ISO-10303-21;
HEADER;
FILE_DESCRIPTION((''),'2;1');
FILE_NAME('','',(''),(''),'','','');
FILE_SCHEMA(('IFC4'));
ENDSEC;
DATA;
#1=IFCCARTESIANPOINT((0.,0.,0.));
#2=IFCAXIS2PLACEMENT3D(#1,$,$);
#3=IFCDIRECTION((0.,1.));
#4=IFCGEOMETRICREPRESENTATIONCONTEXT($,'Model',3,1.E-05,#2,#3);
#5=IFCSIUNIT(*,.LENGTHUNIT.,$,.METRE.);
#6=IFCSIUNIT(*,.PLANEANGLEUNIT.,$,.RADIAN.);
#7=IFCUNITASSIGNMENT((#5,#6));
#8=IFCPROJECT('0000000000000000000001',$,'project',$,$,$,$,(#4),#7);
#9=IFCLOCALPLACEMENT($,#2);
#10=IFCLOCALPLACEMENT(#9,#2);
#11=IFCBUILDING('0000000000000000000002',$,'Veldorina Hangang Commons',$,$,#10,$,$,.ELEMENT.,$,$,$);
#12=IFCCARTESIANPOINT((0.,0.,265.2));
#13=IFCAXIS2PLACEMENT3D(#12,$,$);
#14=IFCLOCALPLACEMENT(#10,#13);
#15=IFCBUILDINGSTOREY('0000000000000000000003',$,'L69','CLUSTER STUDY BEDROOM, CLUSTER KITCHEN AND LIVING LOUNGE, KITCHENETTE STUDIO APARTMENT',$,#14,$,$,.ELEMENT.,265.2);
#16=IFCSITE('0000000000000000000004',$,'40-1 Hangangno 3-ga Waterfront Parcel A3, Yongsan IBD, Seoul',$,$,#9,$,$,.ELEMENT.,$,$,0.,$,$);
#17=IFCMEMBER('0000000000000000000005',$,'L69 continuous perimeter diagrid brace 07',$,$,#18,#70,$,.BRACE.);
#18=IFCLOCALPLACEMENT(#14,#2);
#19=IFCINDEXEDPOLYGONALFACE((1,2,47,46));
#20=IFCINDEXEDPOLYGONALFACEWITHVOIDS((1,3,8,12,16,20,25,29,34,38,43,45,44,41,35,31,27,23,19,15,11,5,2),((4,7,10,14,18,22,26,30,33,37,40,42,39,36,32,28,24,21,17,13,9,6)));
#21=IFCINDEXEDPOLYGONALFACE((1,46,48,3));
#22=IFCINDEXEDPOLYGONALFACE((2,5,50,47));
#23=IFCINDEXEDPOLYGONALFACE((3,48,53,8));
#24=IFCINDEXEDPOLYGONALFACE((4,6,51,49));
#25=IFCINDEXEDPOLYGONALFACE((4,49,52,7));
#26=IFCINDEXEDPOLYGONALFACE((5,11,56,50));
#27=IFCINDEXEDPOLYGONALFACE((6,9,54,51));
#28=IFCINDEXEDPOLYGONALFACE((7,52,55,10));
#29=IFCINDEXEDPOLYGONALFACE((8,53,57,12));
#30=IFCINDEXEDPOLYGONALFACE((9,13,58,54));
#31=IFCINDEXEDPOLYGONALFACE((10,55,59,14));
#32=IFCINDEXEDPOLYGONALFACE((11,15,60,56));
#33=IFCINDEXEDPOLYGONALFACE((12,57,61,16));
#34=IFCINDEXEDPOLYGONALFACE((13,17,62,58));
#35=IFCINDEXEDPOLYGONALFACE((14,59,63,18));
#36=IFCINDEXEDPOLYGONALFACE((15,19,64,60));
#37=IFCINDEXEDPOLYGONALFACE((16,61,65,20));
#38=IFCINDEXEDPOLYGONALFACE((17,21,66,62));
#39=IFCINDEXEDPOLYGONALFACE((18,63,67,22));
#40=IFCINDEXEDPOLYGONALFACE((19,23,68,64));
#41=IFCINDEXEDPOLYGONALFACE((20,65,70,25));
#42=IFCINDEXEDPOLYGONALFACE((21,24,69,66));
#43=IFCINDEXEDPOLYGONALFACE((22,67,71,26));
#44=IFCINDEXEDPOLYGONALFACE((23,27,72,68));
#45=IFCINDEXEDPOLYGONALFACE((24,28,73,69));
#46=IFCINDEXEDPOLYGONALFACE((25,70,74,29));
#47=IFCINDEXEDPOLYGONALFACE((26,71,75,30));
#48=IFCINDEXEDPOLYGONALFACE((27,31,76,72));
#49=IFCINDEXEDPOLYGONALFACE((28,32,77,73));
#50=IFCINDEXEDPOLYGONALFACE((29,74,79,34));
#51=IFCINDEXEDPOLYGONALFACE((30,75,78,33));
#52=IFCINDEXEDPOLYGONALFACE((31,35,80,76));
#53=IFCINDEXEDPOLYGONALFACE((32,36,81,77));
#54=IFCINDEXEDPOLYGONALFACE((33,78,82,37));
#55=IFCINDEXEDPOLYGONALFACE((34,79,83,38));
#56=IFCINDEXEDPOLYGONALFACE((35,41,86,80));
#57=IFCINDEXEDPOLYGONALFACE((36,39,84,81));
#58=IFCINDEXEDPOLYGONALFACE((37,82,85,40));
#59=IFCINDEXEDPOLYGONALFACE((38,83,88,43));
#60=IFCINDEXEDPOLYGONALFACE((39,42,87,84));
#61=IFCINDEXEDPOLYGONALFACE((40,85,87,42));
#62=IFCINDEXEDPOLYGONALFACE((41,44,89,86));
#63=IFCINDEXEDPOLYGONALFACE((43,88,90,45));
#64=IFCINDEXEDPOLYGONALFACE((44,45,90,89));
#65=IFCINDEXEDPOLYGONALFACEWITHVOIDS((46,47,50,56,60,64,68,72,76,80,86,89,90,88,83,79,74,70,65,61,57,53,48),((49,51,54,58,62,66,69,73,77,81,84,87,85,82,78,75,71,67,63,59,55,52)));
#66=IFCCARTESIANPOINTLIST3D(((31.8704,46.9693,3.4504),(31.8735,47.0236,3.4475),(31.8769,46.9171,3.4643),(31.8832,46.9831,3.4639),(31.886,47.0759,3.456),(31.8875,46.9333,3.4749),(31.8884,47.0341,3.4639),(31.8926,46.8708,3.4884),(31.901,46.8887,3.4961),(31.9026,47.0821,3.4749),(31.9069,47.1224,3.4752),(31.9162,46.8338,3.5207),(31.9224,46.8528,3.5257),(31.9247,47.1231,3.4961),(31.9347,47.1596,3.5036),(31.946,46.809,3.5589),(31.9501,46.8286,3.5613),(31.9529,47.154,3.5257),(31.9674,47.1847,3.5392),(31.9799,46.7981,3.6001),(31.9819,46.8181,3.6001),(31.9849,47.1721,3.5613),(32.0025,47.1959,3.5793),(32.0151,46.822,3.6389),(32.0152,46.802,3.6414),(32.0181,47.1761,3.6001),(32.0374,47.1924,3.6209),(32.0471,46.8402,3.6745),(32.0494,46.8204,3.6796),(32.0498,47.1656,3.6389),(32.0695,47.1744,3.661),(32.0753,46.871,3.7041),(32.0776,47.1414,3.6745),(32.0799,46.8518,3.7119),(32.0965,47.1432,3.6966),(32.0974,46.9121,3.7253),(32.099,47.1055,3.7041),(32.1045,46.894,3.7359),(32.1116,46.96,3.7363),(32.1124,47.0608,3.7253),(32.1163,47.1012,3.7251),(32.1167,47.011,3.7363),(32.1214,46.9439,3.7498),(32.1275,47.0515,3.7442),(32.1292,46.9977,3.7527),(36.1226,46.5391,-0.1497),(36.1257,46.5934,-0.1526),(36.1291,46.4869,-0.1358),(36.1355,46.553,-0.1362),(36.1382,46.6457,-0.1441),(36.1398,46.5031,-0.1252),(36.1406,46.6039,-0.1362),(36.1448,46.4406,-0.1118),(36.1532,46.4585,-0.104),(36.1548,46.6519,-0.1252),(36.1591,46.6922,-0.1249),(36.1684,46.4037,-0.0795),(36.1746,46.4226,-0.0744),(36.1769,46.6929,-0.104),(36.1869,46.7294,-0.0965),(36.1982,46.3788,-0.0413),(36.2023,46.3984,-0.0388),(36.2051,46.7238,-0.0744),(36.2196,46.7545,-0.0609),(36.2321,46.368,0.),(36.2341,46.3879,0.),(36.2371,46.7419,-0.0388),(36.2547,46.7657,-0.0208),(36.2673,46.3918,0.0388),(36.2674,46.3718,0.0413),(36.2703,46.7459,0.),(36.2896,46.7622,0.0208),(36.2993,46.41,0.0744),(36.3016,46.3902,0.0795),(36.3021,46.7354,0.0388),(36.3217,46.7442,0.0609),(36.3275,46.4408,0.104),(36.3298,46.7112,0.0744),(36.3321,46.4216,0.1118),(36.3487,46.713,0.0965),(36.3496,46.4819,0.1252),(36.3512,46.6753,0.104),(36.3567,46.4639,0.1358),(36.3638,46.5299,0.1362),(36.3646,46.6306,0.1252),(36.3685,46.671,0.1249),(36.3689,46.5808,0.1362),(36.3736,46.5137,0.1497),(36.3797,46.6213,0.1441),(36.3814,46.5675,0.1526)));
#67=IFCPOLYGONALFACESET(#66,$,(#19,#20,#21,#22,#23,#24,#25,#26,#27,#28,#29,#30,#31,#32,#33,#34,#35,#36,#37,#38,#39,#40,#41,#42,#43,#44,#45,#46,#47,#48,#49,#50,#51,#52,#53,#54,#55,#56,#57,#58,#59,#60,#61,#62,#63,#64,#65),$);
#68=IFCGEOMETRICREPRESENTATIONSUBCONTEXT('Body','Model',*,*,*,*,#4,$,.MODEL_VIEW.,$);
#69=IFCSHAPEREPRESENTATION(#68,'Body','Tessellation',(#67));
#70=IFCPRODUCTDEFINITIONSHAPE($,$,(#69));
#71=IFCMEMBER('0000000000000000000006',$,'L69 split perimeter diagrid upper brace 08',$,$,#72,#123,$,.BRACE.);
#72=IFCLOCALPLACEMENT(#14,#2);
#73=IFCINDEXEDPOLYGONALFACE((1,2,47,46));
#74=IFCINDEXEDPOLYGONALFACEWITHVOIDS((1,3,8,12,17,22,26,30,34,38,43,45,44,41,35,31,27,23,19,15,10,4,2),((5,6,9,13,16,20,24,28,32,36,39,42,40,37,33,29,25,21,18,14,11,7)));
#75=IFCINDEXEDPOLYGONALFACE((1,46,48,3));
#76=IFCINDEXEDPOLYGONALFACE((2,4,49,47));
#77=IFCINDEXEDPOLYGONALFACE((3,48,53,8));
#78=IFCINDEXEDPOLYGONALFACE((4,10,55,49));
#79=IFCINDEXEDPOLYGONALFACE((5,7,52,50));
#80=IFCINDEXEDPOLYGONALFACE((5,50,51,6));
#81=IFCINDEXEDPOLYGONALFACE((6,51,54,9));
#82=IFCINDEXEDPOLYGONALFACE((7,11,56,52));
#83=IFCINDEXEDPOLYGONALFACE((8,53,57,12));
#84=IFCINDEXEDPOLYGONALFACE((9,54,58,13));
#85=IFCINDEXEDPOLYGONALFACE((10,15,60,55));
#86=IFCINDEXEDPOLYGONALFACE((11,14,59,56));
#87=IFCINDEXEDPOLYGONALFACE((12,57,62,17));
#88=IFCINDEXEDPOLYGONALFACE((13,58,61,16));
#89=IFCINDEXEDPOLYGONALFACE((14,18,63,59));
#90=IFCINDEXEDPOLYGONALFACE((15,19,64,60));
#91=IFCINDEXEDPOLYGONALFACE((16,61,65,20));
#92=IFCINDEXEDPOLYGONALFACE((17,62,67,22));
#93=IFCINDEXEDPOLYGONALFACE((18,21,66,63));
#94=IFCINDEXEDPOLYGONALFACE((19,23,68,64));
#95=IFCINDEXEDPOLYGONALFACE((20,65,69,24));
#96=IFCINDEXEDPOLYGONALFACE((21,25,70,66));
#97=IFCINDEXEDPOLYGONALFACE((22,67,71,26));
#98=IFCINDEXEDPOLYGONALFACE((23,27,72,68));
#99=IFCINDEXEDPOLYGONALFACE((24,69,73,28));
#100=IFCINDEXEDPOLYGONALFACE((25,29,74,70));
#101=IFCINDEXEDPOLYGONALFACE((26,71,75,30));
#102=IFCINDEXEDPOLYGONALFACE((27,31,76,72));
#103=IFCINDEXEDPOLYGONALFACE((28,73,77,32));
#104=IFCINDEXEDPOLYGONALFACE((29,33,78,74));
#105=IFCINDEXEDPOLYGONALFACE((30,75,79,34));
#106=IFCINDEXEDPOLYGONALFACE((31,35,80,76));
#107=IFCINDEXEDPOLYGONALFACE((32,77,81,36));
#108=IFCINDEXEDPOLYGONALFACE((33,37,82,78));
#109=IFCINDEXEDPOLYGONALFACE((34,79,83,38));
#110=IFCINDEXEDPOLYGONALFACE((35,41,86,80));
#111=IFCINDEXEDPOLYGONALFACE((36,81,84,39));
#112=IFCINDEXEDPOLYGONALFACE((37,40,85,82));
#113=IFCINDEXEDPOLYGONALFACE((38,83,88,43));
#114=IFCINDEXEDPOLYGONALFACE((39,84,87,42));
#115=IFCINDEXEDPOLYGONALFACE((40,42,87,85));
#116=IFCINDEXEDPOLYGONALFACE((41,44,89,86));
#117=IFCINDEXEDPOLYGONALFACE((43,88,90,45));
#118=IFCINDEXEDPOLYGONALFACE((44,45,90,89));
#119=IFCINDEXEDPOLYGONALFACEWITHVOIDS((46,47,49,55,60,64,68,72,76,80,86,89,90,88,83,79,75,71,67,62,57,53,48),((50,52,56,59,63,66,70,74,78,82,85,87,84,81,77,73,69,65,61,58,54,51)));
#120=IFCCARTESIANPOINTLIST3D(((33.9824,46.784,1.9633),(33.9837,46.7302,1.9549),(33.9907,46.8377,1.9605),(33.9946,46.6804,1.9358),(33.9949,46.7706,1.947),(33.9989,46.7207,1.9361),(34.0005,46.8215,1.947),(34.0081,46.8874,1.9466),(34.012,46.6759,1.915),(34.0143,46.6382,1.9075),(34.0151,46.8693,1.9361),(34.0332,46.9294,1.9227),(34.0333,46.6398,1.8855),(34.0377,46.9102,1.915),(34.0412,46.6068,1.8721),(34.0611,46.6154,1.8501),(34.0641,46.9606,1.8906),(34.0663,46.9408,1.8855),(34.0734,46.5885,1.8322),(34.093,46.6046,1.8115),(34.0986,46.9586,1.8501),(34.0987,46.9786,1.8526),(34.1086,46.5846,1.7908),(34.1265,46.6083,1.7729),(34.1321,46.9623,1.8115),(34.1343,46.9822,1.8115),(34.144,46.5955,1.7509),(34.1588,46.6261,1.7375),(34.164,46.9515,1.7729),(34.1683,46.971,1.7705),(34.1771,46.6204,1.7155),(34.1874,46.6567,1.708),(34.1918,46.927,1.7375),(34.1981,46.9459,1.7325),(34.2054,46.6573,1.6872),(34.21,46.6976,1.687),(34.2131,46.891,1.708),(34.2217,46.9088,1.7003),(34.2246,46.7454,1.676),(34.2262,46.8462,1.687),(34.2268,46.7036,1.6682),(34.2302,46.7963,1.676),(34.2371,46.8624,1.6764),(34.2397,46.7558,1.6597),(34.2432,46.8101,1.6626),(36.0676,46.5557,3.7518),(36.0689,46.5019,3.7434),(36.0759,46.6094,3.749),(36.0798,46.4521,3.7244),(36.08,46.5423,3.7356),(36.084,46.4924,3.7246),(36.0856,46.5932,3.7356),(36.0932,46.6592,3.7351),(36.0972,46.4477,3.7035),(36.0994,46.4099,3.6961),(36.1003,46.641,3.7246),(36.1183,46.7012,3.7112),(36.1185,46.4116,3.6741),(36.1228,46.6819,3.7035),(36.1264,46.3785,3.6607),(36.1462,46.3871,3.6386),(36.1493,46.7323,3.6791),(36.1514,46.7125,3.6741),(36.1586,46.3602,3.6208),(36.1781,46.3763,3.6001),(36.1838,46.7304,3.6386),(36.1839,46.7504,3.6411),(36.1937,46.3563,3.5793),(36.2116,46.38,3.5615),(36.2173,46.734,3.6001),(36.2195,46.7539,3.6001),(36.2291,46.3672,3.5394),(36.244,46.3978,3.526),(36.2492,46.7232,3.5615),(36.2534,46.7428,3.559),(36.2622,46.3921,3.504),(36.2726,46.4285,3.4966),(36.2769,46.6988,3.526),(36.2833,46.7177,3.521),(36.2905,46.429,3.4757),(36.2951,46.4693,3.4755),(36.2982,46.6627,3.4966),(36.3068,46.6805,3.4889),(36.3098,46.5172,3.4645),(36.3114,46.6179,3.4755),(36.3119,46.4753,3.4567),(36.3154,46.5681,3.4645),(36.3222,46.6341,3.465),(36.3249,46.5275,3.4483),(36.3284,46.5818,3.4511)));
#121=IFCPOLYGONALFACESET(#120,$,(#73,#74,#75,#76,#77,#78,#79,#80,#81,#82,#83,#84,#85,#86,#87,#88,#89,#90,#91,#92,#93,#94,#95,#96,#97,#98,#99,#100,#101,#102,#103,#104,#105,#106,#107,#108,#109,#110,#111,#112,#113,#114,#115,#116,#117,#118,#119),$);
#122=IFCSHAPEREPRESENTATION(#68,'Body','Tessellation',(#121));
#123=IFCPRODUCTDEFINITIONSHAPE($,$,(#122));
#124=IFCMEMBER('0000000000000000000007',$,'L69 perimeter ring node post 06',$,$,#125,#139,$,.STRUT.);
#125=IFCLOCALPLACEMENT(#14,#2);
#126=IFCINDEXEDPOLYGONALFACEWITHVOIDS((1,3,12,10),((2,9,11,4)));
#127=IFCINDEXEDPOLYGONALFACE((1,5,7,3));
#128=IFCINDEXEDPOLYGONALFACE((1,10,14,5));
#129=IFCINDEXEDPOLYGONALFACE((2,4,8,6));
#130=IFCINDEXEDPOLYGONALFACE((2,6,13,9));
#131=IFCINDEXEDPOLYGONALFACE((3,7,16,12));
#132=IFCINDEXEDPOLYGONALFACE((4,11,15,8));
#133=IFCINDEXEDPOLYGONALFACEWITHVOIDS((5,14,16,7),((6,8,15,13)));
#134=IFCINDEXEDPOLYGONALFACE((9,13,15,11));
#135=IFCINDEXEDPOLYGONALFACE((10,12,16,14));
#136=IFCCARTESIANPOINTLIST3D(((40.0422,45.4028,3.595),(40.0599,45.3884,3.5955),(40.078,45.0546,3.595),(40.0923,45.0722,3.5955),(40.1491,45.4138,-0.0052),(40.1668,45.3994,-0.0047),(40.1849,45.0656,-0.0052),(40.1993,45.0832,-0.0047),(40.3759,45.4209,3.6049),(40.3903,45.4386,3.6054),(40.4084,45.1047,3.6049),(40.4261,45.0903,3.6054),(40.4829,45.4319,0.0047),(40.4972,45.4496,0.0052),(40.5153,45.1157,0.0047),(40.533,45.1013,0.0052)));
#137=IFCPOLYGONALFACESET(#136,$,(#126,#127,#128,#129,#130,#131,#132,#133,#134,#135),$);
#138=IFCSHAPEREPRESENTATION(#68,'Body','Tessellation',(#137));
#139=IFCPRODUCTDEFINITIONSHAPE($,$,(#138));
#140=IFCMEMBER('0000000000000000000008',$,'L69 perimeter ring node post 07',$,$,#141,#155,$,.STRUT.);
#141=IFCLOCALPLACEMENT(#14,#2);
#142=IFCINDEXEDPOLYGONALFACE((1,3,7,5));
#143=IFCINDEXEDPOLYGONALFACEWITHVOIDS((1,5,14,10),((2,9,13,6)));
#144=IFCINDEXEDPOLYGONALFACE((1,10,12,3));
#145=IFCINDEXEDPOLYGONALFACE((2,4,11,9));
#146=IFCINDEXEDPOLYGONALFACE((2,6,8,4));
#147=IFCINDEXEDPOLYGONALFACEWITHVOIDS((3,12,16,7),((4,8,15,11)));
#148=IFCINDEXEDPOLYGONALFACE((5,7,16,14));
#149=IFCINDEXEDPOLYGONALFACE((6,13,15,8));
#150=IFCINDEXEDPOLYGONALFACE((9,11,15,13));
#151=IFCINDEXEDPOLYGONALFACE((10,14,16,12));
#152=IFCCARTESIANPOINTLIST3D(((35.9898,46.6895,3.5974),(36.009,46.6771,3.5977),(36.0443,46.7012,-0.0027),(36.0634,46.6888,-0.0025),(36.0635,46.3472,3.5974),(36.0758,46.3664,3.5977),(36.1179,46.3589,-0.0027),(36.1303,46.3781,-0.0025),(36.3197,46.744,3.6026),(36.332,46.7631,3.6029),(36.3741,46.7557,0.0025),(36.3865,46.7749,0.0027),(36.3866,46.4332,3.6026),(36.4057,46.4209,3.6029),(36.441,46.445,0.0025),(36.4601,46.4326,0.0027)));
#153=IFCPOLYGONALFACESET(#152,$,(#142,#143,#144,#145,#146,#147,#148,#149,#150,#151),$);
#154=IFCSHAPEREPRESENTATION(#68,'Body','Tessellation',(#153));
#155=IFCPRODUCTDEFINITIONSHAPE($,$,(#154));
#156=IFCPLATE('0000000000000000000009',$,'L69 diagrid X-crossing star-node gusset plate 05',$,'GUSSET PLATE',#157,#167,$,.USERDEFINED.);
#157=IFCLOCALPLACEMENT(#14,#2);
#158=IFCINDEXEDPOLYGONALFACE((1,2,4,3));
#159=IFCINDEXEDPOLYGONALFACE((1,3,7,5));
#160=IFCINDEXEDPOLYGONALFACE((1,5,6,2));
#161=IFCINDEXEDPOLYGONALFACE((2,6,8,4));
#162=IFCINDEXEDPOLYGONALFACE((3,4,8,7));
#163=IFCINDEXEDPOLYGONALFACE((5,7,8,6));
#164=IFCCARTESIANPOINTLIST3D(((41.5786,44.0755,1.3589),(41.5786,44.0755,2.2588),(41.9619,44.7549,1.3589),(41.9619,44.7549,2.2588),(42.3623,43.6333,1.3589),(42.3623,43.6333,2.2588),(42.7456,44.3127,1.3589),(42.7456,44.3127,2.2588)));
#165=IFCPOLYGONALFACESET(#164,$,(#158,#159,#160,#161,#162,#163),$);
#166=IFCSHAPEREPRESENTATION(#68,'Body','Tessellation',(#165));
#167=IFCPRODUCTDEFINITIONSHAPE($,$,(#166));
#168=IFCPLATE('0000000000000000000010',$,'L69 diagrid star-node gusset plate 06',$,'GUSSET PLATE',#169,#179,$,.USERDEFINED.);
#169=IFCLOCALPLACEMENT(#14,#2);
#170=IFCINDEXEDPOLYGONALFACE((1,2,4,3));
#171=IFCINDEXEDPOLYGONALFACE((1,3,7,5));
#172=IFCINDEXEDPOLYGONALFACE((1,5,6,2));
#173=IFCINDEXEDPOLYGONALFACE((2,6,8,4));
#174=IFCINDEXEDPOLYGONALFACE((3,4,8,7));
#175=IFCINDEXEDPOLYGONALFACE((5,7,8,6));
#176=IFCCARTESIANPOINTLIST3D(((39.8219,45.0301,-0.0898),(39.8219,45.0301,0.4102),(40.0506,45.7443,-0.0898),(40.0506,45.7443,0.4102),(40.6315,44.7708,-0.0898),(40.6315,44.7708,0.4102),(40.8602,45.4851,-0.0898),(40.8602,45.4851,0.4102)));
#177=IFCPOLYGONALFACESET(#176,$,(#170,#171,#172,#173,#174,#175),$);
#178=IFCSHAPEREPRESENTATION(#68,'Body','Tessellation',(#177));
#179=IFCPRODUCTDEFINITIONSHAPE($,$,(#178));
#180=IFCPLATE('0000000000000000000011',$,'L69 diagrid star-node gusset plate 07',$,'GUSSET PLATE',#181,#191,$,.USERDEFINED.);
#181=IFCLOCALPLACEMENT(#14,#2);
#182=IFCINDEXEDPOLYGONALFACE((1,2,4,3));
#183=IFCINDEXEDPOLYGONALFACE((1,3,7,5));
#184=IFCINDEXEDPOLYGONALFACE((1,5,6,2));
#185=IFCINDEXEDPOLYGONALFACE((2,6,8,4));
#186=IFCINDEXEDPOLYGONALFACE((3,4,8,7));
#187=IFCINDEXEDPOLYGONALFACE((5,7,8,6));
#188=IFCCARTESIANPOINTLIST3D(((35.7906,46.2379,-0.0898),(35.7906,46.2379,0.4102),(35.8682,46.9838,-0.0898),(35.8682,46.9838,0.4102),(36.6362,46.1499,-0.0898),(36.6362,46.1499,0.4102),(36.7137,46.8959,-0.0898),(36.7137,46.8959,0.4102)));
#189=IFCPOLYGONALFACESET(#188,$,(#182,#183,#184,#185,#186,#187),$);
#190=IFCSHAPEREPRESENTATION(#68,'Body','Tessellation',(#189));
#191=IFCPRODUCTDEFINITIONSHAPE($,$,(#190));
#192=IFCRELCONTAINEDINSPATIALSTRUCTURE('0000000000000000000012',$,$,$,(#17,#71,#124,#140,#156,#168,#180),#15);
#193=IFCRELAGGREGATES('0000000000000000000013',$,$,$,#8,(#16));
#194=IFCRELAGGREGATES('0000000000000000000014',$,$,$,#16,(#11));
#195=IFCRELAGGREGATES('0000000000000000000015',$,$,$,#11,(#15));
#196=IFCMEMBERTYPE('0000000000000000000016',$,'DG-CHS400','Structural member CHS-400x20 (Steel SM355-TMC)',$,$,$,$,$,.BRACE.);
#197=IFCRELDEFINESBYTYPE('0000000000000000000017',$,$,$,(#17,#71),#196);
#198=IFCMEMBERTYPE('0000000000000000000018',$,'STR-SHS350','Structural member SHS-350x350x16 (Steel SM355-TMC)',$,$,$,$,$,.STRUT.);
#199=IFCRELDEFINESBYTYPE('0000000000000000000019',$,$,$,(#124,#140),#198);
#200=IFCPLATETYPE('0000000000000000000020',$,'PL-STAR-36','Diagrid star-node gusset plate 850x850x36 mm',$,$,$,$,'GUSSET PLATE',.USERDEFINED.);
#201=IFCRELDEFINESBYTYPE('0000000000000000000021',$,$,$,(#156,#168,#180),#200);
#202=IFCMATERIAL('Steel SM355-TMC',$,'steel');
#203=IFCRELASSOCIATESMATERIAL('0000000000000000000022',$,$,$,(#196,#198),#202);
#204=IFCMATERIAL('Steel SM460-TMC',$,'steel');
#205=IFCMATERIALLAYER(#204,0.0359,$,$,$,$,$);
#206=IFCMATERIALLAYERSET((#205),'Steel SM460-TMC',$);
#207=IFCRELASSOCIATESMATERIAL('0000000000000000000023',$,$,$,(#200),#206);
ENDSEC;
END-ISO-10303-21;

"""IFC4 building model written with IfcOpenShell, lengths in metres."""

from ifc_helpers import new_model, si_unit, direction, frame, origin, origin_2d, place, context, subcontext, project, spatial, rectangle, hollow_rectangle, hollow_circle, extrude, material, layer, layer_set, material_profile, profile_set, type_object, element, save


model = new_model("IFC4")

# Units and contexts
model_context = context("Model", 3, precision=1e-05, world=origin(), true_north=direction((0.0, 1.0)))
body_context = subcontext(model_context, "Body", "Model", "MODEL_VIEW")
ifc_project = project(units=[si_unit("LENGTHUNIT", "METRE"), si_unit("PLANEANGLEUNIT", "RADIAN")], contexts=[model_context])

# Site, building, storey
site_placement = place(None, origin())
site = spatial("IfcSite", under=ifc_project, at=site_placement, Name="40-1 Hangangno 3-ga Waterfront Parcel A3, Yongsan IBD, Seoul", CompositionType="ELEMENT", RefElevation=0.0)
building_placement = place(site_placement, origin())
building = spatial("IfcBuilding", under=site, at=building_placement, Name="Veldorina Hangang Commons", CompositionType="ELEMENT")
storey_placement = place(building_placement, frame((0.0, 0.0, 265.2)))
storey = spatial("IfcBuildingStorey", under=building, at=storey_placement, Name="L69", Description="CLUSTER STUDY BEDROOM, CLUSTER KITCHEN AND LIVING LOUNGE, KITCHENETTE STUDIO APARTMENT", CompositionType="ELEMENT", Elevation=265.2)

# Shared definitions
ifc_material_1 = material(Name="Steel SM355-TMC", Category="steel")

# Members
ifc_material_profile_1 = material_profile(ifc_material_1, hollow_circle(Radius=0.2, WallThickness=0.02, at=origin_2d()), Name="CHS-400x20")
ifc_profile_set_1 = profile_set([ifc_material_profile_1], Name="Steel SM355-TMC")
member_type_1 = type_object("IfcMemberType", Name="DG-CHS400", Description="Structural member CHS-400x20 (Steel SM355-TMC)", PredefinedType="BRACE", material=ifc_profile_set_1)
member_1_placement = place(storey_placement, frame((36.2522, 46.5669, 0.0), z_axis=(-0.760937, 0.076981, 0.644243), x_axis=(-0.100652, -0.994922, 0.0)))
element("IfcMember", 1, at=member_1_placement, inside=storey, type_object=member_type_1, Name="L69 continuous perimeter diagrid brace 07", PredefinedType="BRACE", context=body_context, shape_type="SweptSolid", body=[
    extrude(hollow_circle(Radius=0.2, WallThickness=0.02, at=origin_2d()), origin(), (0.0, 0.0, 1.0), 5.5881),
])
member_2_placement = place(storey_placement, frame((34.1125, 46.7834, 1.8115), z_axis=(0.756424, -0.082807, 0.648819), x_axis=(0.108822, 0.994061, 0.0)))
element("IfcMember", 2, at=member_2_placement, inside=storey, type_object=member_type_1, Name="L69 split perimeter diagrid upper brace 08", PredefinedType="BRACE", context=body_context, shape_type="SweptSolid", body=[
    extrude(hollow_circle(Radius=0.2, WallThickness=0.02, at=origin_2d()), origin(), (0.0, 0.0, 1.0), 2.7566),
])
ifc_material_profile_2 = material_profile(ifc_material_1, hollow_rectangle(XDim=0.3501, YDim=0.3501, WallThickness=0.0161, at=origin_2d()), Name="SHS-350x350x16")
ifc_profile_set_2 = profile_set([ifc_material_profile_2], Name="Steel SM355-TMC")
member_type_2 = type_object("IfcMemberType", Name="STR-SHS350", Description="Structural member SHS-350x350x16 (Steel SM355-TMC)", PredefinedType="STRUT", material=ifc_profile_set_2)
member_3_placement = place(storey_placement, frame((40.3411, 45.2576, 0.0), z_axis=(-0.02969, -0.00305, 0.999555), x_axis=(0.102202, -0.994764, 0.0)))
element("IfcMember", 3, at=member_3_placement, inside=storey, type_object=member_type_2, Name="L69 perimeter ring node post 06", PredefinedType="STRUT", context=body_context, shape_type="SweptSolid", body=[
    extrude(hollow_rectangle(XDim=0.3501, YDim=0.3501, WallThickness=0.0161, at=origin_2d()), origin(), (0.0, 0.0, 1.0), 3.6018),
])
member_4_placement = place(storey_placement, frame((36.2522, 46.5669, 0.0), z_axis=(-0.015121, -0.003255, 0.99988), x_axis=(0.210427, -0.97761, 0.0)))
element("IfcMember", 4, at=member_4_placement, inside=storey, type_object=member_type_2, Name="L69 perimeter ring node post 07", PredefinedType="STRUT", context=body_context, shape_type="SweptSolid", body=[
    extrude(hollow_rectangle(XDim=0.3501, YDim=0.3501, WallThickness=0.0161, at=origin_2d()), origin(), (0.0, 0.0, 1.0), 3.6006),
])

# Plates
ifc_material_2 = material(Name="Steel SM460-TMC", Category="steel")
ifc_layer_1 = layer(ifc_material_2, 0.0359)
ifc_layer_set_1 = layer_set([ifc_layer_1], Name="Steel SM460-TMC")
plate_type = type_object("IfcPlateType", Name="PL-STAR-36", Description="Diagrid star-node gusset plate 850x850x36 mm", ElementType="GUSSET PLATE", PredefinedType="USERDEFINED", material=ifc_layer_set_1)
plate_1_placement = place(storey_placement, frame((42.1621, 44.1941, 1.3589), z_axis=(0.0, 0.0, 1.0), x_axis=(-0.870931, 0.491405, 0.0)))
element("IfcPlate", 5, at=plate_1_placement, inside=storey, type_object=plate_type, Name="L69 diagrid X-crossing star-node gusset plate 05", ObjectType="GUSSET PLATE", PredefinedType="USERDEFINED", context=body_context, shape_type="SweptSolid", body=[
    extrude(rectangle(XDim=0.8999, YDim=0.78, at=origin_2d()), origin(), (0.0, 0.0, 1.0), 0.8999),
])
for number, where, z_axis, x_axis, name in (
    (6, (40.3411, 45.2576, -0.0898), (0.0, 0.0, 1.0), (-0.952359, 0.304981, 0.0), "L69 diagrid star-node gusset plate 06"),
    (7, (36.2522, 46.5669, -0.0898), (0.0, 0.0, 1.0), (-0.994638, 0.103418, 0.0), "L69 diagrid star-node gusset plate 07"),
):
    element("IfcPlate", number, at=place(storey_placement, frame(where, z_axis=z_axis, x_axis=x_axis)), inside=storey, type_object=plate_type, Name=name, ObjectType="GUSSET PLATE", PredefinedType="USERDEFINED", context=body_context, shape_type="SweptSolid", body=[
        extrude(rectangle(XDim=0.8501, YDim=0.75, at=origin_2d()), origin(), (0.0, 0.0, 1.0), 0.5),
    ])

save(model, "model.ifc")
